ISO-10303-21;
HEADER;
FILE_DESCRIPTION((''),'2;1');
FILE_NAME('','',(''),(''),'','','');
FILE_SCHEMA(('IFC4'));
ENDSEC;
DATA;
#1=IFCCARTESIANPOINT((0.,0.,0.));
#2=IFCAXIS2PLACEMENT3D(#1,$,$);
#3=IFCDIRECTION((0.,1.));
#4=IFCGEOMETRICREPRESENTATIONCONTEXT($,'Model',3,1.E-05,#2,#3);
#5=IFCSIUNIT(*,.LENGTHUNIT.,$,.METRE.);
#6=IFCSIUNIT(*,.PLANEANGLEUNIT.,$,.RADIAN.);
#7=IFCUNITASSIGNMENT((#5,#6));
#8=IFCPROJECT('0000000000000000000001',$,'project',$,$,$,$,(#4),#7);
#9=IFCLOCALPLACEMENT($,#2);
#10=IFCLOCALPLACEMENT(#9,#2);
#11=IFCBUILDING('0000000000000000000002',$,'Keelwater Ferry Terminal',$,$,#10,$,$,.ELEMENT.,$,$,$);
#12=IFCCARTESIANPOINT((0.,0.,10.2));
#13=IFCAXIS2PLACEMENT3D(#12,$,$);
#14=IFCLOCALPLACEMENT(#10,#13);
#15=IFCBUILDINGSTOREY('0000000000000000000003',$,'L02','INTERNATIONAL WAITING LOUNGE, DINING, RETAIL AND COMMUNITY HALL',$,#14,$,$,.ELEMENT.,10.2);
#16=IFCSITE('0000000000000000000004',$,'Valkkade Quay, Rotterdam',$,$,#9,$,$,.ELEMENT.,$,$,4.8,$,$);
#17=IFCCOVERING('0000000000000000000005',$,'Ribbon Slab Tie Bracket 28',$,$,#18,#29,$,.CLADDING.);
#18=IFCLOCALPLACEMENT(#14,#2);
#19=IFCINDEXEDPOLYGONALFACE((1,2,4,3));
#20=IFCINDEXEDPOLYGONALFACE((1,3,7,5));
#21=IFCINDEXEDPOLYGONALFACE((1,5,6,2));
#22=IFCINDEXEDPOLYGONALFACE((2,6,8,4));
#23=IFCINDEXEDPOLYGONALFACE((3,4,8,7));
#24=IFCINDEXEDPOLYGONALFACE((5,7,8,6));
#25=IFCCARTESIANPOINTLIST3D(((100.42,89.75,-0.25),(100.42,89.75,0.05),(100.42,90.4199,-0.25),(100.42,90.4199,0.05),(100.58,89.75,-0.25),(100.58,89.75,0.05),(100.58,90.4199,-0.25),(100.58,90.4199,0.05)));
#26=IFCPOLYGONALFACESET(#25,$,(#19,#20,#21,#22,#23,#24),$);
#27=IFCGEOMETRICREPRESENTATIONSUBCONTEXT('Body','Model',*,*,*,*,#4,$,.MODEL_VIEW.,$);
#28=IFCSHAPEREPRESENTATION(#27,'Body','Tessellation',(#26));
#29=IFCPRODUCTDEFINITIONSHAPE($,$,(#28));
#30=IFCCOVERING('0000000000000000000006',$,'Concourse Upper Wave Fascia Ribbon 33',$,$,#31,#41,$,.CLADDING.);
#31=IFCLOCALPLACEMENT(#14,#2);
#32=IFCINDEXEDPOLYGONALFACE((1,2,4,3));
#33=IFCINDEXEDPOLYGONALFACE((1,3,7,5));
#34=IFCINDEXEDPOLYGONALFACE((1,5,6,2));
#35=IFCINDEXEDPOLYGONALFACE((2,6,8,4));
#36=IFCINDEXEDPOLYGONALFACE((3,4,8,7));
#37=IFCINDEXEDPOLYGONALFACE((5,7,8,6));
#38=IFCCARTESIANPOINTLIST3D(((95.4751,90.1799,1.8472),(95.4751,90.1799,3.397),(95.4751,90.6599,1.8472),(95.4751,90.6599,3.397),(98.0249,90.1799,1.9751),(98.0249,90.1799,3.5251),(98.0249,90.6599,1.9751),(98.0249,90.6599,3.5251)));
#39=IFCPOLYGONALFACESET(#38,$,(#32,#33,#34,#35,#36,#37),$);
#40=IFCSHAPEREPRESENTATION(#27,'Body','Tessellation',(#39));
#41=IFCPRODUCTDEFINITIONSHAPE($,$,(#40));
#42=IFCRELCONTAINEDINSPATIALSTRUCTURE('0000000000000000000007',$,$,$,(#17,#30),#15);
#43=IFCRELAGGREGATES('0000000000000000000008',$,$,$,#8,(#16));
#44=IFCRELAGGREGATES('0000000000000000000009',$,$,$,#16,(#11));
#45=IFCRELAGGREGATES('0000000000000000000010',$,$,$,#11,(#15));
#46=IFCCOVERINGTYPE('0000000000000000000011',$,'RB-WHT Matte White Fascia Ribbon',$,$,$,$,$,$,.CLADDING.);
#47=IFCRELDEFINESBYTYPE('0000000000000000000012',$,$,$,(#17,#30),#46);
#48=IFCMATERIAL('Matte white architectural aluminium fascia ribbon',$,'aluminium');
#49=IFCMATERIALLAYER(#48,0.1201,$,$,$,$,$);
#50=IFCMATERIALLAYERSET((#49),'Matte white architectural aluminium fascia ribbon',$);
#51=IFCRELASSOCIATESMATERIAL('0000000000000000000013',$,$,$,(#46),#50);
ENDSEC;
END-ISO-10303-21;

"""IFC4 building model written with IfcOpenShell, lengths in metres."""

from ifc_helpers import new_model, si_unit, direction, frame, frame_2d, origin, place, context, subcontext, project, spatial, polyline, rectangle, outline, extrude, material, layer, layer_set, type_object, element, save


model = new_model("IFC4")

# Units and contexts
model_context = context("Model", 3, precision=1e-05, world=origin(), true_north=direction((0.0, 1.0)))
body_context = subcontext(model_context, "Body", "Model", "MODEL_VIEW")
ifc_project = project(units=[si_unit("LENGTHUNIT", "METRE"), si_unit("PLANEANGLEUNIT", "RADIAN")], contexts=[model_context])

# Site, building, storey
site_placement = place(None, origin())
site = spatial("IfcSite", under=ifc_project, at=site_placement, Name="Valkkade Quay, Rotterdam", CompositionType="ELEMENT", RefElevation=4.8)
building_placement = place(site_placement, origin())
building = spatial("IfcBuilding", under=site, at=building_placement, Name="Keelwater Ferry Terminal", CompositionType="ELEMENT")
storey_placement = place(building_placement, frame((0.0, 0.0, 10.2)))
storey = spatial("IfcBuildingStorey", under=building, at=storey_placement, Name="L02", Description="INTERNATIONAL WAITING LOUNGE, DINING, RETAIL AND COMMUNITY HALL", CompositionType="ELEMENT", Elevation=10.2)

# Coverings
ifc_material_1 = material(Name="Matte white architectural aluminium fascia ribbon", Category="aluminium")
ifc_layer_1 = layer(ifc_material_1, 0.1201)
ifc_layer_set_1 = layer_set([ifc_layer_1], Name="Matte white architectural aluminium fascia ribbon")
covering_type = type_object("IfcCoveringType", Name="RB-WHT Matte White Fascia Ribbon", PredefinedType="CLADDING", material=ifc_layer_set_1)
covering_1_placement = place(storey_placement, frame((100.5, 90.4199, -0.25), z_axis=(0.0, 0.0, 1.0), x_axis=(0.0, -1.0, 0.0)))
element("IfcCovering", 1, at=covering_1_placement, inside=storey, type_object=covering_type, Name="Ribbon Slab Tie Bracket 28", PredefinedType="CLADDING", context=body_context, shape_type="SweptSolid", body=[
    extrude(rectangle(XDim=0.6699, YDim=0.1599, at=frame_2d((0.335, 0.0))), origin(), (0.0, 0.0, 1.0), 0.3),
])
covering_2_placement = place(storey_placement, frame((98.0249, 90.4199, 1.8472), z_axis=(0.0, 0.0, 1.0), x_axis=(-1.0, 0.0, 0.0)))
element("IfcCovering", 2, at=covering_2_placement, inside=storey, type_object=covering_type, Name="Concourse Upper Wave Fascia Ribbon 33", PredefinedType="CLADDING", context=body_context, shape_type="SweptSolid", body=[
    extrude(outline(polyline([(0.0, 0.1279), (2.5498, 0.0), (2.5498, 1.5498), (0.0, 1.678), (0.0, 0.1279)])), frame((0.0, 0.24, 0.0), z_axis=(0.0, -1.0, 0.0), x_axis=(1.0, 0.0, 0.0)), (0.0, 0.0, 1.0), 0.48),
])

save(model, "model.ifc")
